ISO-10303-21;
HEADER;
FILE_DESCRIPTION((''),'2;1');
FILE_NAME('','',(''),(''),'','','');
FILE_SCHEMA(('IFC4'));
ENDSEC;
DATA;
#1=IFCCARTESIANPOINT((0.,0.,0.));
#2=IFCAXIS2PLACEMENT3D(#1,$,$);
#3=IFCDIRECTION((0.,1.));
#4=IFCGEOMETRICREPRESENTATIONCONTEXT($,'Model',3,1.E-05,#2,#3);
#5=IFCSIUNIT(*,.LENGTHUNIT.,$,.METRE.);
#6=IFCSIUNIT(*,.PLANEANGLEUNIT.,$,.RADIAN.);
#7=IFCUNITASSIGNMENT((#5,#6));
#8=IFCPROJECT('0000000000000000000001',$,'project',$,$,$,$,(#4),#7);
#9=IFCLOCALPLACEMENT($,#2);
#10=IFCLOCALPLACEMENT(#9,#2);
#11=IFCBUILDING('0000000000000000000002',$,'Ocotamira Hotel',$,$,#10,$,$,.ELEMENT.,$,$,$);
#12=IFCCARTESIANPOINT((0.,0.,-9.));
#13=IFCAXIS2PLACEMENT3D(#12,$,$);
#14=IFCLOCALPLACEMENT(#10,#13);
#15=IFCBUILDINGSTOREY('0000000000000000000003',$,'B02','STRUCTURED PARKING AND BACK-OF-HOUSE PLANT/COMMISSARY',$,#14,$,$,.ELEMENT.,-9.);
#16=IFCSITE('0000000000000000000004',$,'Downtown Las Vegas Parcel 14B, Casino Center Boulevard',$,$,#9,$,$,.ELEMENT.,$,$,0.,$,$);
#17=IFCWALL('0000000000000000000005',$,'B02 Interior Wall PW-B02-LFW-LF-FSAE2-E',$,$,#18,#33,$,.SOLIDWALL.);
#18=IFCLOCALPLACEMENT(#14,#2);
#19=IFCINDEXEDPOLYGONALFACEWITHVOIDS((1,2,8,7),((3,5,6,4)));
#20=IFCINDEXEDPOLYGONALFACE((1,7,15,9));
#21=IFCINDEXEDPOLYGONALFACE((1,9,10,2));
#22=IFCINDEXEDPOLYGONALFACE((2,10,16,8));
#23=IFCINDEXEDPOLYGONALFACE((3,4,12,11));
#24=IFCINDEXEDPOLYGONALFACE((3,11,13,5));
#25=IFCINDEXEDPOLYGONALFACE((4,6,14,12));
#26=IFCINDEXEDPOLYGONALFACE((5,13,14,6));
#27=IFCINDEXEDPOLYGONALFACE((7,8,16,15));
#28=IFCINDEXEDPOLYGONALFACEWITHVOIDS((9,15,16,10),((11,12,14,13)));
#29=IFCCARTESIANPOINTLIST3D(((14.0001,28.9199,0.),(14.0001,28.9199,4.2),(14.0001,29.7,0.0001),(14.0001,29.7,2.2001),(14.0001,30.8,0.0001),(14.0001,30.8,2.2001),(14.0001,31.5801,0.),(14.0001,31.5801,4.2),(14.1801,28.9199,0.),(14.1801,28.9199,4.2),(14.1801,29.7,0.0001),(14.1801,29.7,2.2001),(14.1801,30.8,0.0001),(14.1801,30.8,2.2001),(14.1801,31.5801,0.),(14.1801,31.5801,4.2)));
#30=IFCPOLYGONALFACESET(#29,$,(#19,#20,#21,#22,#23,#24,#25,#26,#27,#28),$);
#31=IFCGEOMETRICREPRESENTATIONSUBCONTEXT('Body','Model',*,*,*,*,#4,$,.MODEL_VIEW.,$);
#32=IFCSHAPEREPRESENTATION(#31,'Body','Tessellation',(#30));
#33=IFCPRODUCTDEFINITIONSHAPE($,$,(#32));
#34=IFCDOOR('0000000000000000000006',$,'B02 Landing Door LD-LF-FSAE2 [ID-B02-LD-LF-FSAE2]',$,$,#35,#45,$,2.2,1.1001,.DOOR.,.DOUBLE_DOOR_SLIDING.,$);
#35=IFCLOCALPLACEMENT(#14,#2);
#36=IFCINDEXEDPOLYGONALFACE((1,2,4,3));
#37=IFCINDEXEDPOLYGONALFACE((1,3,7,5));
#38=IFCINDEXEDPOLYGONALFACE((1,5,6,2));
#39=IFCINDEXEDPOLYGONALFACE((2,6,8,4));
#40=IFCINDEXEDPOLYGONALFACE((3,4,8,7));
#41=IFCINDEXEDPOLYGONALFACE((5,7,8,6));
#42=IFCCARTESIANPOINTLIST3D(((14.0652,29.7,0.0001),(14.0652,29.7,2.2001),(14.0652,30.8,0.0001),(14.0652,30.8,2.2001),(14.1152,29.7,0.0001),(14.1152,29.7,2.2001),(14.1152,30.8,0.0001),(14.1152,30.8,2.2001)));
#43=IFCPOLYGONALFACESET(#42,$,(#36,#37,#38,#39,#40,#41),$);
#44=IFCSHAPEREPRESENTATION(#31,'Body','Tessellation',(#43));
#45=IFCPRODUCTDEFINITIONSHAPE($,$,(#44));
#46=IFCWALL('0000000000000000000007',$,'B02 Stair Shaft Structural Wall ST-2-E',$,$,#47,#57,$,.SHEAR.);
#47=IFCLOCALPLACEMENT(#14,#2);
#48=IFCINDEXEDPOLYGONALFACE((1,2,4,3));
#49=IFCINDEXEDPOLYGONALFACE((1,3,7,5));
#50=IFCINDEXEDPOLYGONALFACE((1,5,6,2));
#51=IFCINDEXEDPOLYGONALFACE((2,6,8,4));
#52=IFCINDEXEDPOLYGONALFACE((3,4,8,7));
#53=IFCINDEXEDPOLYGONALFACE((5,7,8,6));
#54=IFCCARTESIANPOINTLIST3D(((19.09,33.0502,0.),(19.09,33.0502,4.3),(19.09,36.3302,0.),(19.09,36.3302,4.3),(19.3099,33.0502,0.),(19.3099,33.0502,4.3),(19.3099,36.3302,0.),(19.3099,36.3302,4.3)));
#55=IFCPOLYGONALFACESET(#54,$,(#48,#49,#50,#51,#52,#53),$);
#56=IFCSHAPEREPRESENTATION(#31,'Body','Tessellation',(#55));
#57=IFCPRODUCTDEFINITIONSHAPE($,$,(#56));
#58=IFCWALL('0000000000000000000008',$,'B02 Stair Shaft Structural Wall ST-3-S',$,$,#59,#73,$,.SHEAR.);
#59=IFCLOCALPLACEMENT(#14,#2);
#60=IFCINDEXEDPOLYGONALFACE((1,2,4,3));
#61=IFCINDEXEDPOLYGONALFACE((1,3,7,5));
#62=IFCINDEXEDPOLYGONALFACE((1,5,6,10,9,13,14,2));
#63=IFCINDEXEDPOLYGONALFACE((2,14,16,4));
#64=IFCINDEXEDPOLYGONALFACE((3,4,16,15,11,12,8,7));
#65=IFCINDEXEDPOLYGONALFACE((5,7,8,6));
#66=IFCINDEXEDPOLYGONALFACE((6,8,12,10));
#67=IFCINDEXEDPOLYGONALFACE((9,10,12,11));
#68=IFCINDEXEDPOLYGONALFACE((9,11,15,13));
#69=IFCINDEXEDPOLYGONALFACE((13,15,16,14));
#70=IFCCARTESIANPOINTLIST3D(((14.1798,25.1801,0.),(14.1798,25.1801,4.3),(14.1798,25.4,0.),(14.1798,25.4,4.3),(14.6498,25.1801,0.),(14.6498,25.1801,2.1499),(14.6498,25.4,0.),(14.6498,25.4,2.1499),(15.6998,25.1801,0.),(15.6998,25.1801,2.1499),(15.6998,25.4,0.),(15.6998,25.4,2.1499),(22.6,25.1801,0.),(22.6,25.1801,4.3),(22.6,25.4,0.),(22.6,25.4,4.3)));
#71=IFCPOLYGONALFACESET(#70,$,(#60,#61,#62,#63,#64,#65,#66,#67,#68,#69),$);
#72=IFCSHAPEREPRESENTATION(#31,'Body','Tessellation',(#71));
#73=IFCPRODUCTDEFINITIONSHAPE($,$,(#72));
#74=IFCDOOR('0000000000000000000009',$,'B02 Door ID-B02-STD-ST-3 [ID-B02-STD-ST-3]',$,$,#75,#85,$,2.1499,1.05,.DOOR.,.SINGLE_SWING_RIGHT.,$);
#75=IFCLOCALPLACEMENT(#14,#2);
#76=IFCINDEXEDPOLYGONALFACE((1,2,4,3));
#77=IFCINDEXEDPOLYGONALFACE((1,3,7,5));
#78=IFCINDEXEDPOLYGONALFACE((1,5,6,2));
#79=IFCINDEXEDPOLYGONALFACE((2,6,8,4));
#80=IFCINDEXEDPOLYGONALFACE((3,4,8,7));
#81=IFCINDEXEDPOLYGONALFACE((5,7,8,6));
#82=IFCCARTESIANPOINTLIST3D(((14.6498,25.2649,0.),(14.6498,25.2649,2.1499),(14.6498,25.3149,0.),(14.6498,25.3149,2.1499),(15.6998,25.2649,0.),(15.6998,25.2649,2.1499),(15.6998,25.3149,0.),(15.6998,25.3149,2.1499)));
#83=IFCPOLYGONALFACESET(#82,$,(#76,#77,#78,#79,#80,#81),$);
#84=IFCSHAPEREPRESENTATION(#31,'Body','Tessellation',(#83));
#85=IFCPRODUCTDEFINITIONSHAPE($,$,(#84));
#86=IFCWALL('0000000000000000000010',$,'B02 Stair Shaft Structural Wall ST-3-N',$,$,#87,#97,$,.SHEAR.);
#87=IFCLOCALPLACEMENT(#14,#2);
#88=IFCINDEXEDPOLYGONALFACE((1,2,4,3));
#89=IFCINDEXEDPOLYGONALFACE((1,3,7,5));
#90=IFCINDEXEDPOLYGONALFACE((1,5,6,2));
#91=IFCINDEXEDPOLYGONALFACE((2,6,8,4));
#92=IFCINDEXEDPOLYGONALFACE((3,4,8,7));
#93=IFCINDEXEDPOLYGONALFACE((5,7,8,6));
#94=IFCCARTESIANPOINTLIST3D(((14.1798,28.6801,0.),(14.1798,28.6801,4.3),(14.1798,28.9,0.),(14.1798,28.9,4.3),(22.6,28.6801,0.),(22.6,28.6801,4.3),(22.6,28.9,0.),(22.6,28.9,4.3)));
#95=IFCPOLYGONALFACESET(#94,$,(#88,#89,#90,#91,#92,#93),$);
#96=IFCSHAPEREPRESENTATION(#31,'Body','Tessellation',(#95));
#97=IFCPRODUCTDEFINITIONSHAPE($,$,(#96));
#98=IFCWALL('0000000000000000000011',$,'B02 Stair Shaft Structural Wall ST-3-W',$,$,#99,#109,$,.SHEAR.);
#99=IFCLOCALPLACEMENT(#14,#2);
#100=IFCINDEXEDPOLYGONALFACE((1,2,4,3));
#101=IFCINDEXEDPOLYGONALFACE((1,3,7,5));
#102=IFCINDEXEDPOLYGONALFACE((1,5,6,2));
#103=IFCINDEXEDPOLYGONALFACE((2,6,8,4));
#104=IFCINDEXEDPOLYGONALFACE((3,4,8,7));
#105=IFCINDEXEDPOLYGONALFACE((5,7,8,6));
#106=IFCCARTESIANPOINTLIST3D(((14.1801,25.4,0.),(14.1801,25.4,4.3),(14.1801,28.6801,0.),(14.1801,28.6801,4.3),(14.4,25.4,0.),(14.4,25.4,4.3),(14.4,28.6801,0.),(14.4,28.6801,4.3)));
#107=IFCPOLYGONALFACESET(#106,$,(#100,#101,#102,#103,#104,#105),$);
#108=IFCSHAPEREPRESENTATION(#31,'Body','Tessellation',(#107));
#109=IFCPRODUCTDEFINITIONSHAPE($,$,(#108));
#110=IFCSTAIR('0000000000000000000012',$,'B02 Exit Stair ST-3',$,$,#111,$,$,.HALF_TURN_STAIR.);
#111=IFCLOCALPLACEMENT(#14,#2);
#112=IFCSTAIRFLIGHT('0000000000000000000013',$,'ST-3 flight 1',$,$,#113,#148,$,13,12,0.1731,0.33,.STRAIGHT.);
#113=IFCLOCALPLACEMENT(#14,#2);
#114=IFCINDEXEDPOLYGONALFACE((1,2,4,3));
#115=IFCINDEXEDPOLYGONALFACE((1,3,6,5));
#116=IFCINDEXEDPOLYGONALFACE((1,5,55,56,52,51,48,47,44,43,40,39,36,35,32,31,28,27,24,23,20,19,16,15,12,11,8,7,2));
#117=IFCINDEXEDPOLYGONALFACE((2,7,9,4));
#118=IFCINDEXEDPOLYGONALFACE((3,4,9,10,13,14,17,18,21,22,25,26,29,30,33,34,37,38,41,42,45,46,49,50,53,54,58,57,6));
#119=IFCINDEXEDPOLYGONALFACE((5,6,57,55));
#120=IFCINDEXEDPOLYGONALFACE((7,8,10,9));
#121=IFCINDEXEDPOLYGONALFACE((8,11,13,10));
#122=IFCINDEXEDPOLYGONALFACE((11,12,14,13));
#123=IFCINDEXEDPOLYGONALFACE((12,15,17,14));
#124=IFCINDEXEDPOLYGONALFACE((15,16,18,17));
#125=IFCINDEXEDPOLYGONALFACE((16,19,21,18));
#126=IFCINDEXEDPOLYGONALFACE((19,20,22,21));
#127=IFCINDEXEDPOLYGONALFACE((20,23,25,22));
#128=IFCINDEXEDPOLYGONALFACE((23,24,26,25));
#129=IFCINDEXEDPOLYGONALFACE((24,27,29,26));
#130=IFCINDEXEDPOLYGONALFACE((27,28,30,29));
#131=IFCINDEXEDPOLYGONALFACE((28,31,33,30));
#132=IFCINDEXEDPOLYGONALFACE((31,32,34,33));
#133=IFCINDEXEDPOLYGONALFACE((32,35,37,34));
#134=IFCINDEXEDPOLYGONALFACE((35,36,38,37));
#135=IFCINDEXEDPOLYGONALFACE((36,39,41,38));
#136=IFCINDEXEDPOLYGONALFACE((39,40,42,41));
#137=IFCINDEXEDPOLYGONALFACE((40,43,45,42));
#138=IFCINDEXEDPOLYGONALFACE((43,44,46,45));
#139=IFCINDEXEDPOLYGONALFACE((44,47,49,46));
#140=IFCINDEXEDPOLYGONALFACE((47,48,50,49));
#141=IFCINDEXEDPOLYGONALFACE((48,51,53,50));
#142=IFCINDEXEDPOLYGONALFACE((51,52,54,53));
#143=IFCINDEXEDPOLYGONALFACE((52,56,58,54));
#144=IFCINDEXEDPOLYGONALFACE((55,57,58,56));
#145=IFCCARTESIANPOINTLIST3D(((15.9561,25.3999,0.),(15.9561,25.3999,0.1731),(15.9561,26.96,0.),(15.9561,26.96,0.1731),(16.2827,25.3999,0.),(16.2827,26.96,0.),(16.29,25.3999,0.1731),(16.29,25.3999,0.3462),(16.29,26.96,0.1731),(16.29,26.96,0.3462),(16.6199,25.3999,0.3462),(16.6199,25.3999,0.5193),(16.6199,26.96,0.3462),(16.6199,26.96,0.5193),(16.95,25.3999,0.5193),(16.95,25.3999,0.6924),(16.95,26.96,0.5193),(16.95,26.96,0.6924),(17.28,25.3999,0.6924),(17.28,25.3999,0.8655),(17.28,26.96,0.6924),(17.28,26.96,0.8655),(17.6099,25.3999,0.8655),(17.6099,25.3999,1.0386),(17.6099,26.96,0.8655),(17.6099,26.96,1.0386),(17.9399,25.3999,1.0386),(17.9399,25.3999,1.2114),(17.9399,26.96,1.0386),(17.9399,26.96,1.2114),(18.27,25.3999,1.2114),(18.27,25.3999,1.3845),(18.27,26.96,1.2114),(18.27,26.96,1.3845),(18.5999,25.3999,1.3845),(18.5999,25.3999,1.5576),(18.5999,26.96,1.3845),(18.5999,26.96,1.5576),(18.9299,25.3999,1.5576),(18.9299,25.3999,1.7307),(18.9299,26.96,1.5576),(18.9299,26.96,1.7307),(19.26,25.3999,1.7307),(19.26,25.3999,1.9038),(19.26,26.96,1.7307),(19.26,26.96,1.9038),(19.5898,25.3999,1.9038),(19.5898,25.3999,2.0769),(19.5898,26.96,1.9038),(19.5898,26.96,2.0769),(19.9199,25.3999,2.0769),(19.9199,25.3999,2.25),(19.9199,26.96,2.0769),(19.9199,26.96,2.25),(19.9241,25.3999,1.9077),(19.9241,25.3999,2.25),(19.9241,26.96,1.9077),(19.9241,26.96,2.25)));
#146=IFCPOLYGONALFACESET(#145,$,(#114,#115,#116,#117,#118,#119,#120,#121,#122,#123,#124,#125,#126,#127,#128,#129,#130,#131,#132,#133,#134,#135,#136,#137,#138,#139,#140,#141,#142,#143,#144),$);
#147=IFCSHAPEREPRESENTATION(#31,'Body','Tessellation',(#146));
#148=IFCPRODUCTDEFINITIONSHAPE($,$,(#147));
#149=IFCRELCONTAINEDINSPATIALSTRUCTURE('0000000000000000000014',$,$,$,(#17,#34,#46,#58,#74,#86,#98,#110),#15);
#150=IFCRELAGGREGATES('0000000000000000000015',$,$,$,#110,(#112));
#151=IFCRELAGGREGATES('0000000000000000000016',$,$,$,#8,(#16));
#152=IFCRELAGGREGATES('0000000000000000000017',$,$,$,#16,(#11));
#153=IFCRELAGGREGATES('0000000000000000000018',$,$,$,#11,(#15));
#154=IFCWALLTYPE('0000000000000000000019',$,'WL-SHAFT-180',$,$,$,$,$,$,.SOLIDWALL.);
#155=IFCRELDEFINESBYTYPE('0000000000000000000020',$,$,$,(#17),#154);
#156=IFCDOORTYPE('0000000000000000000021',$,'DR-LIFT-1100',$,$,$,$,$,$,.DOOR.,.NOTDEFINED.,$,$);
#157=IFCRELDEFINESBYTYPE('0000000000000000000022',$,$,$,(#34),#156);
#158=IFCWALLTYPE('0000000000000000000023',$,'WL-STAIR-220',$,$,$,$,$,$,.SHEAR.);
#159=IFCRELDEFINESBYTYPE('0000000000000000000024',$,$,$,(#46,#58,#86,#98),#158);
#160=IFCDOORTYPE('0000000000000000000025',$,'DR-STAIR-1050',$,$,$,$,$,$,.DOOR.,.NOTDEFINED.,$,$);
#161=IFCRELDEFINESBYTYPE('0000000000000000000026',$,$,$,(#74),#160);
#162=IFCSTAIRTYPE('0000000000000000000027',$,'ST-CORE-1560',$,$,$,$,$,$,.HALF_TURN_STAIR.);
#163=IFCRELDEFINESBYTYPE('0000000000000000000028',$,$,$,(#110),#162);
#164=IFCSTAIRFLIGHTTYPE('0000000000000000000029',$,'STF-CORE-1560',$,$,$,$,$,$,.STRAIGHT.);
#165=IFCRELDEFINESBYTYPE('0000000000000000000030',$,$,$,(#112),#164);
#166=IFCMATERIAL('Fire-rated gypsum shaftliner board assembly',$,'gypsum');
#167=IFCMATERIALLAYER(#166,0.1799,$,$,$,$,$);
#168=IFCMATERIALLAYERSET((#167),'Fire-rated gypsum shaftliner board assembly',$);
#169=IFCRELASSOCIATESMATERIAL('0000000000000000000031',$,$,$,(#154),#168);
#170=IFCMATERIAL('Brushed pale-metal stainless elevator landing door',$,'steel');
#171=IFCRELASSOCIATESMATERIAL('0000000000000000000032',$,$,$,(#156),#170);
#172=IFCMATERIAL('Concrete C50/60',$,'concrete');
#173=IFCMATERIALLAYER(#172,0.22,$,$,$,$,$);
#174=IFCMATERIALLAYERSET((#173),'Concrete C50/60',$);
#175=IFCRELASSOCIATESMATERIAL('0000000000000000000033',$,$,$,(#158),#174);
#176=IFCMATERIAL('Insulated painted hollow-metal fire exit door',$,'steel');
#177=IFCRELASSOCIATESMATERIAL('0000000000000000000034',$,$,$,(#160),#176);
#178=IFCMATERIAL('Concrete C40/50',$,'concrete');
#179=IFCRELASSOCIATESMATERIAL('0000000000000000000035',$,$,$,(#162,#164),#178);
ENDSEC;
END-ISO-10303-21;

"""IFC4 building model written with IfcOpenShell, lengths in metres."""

from ifc_helpers import new_model, si_unit, direction, frame, frame_2d, origin, place, context, subcontext, project, spatial, polyline, rectangle, outline, extrude, source, transform, mapped, material, layer, layer_set, type_object, element, fill, aggregate, save


model = new_model("IFC4")

# Units and contexts
model_context = context("Model", 3, precision=1e-05, world=origin(), true_north=direction((0.0, 1.0)))
body_context = subcontext(model_context, "Body", "Model", "MODEL_VIEW")
ifc_project = project(units=[si_unit("LENGTHUNIT", "METRE"), si_unit("PLANEANGLEUNIT", "RADIAN")], contexts=[model_context])

# Site, building, storey
site_placement = place(None, origin())
site = spatial("IfcSite", under=ifc_project, at=site_placement, Name="Downtown Las Vegas Parcel 14B, Casino Center Boulevard", CompositionType="ELEMENT", RefElevation=0.0)
building_placement = place(site_placement, origin())
building = spatial("IfcBuilding", under=site, at=building_placement, Name="Ocotamira Hotel", CompositionType="ELEMENT")
storey_placement = place(building_placement, frame((0.0, 0.0, -9.0)))
storey = spatial("IfcBuildingStorey", under=building, at=storey_placement, Name="B02", Description="STRUCTURED PARKING AND BACK-OF-HOUSE PLANT/COMMISSARY", CompositionType="ELEMENT", Elevation=-9.0)

# Shared definitions
ifc_material_1 = material(Name="Concrete C50/60", Category="concrete")

# Wall, opening, door
ifc_material_2 = material(Name="Fire-rated gypsum shaftliner board assembly", Category="gypsum")
ifc_layer_1 = layer(ifc_material_2, 0.1799)
ifc_layer_set_1 = layer_set([ifc_layer_1], Name="Fire-rated gypsum shaftliner board assembly")
wall_type_1 = type_object("IfcWallType", Name="WL-SHAFT-180", PredefinedType="SOLIDWALL", material=ifc_layer_set_1)
ifc_material_3 = material(Name="Brushed pale-metal stainless elevator landing door", Category="steel")
door_type_1 = type_object("IfcDoorType", Name="DR-LIFT-1100", OperationType="NOTDEFINED", PredefinedType="DOOR", material=ifc_material_3)
shared_shape_1 = source(origin(), body_context, "Body", "SweptSolid", [
    extrude(rectangle(XDim=1.1001, YDim=2.2, at=frame_2d((0.55, 1.1001))), frame((0.0, 0.0249, 0.0), z_axis=(0.0, -1.0, 0.0), x_axis=(1.0, 0.0, 0.0)), (0.0, 0.0, 1.0), 0.05),
])
wall_1_placement = place(storey_placement, frame((14.0901, 28.9199, 0.0), z_axis=(0.0, 0.0, 1.0), x_axis=(0.0, 1.0, 0.0)))
wall_1 = element("IfcWall", 1, at=wall_1_placement, inside=storey, type_object=wall_type_1, Name="B02 Interior Wall PW-B02-LFW-LF-FSAE2-E", PredefinedType="SOLIDWALL", context=body_context, shape_type="SweptSolid", body=[
    extrude(rectangle(XDim=2.6602, YDim=0.1799, at=frame_2d((1.3301, 0.0))), origin(), (0.0, 0.0, 1.0), 4.2),
])
opening_1_placement = place(wall_1_placement, frame((0.78, 0.0, 0.0)))
opening_1 = element("IfcOpeningElement", 2, at=opening_1_placement, cuts=wall_1, PredefinedType="OPENING", context=body_context, shape_type="SweptSolid", body=[
    extrude(rectangle(XDim=1.1001, YDim=2.2, at=frame_2d((0.55, 1.1001))), frame((0.0, 0.1001, 0.0), z_axis=(0.0, -1.0, 0.0), x_axis=(1.0, 0.0, 0.0)), (0.0, 0.0, 1.0), 0.2),
])
door_1_placement = place(opening_1_placement, origin())
door_1 = element("IfcDoor", 3, at=door_1_placement, inside=storey, type_object=door_type_1, Name="B02 Landing Door LD-LF-FSAE2 [ID-B02-LD-LF-FSAE2]", OperationType="DOUBLE_DOOR_SLIDING", OverallHeight=2.2, OverallWidth=1.1001, PredefinedType="DOOR", context=body_context, shape_type="MappedRepresentation", body=[
    mapped(shared_shape_1, transform((0.0, 0.0, 0.0), scale=1.0)),
])
fill(opening_1, door_1)

# Wall
ifc_layer_2 = layer(ifc_material_1, 0.22)
ifc_layer_set_2 = layer_set([ifc_layer_2], Name="Concrete C50/60")
wall_type_2 = type_object("IfcWallType", Name="WL-STAIR-220", PredefinedType="SHEAR", material=ifc_layer_set_2)
wall_2_placement = place(storey_placement, frame((19.2, 33.05, 0.0), z_axis=(0.0, 0.0, 1.0), x_axis=(0.0, 1.0, 0.0)))
element("IfcWall", 4, at=wall_2_placement, inside=storey, type_object=wall_type_2, Name="B02 Stair Shaft Structural Wall ST-2-E", PredefinedType="SHEAR", context=body_context, shape_type="SweptSolid", body=[
    extrude(rectangle(XDim=3.28, YDim=0.22, at=frame_2d((1.6401, 0.0))), origin(), (0.0, 0.0, 1.0), 4.3),
])

# Wall, opening, door
wall_3_placement = place(storey_placement, frame((14.1799, 25.29, 0.0), z_axis=(0.0, 0.0, 1.0), x_axis=(1.0, 0.0, 0.0)))
wall_3 = element("IfcWall", 5, at=wall_3_placement, inside=storey, type_object=wall_type_2, Name="B02 Stair Shaft Structural Wall ST-3-S", PredefinedType="SHEAR", context=body_context, shape_type="SweptSolid", body=[
    extrude(rectangle(XDim=8.4202, YDim=0.22, at=frame_2d((4.21, 0.0))), origin(), (0.0, 0.0, 1.0), 4.3),
])
opening_2_placement = place(wall_3_placement, frame((0.47, 0.0, 0.0)))
opening_2 = element("IfcOpeningElement", 6, at=opening_2_placement, cuts=wall_3, PredefinedType="OPENING", context=body_context, shape_type="SweptSolid", body=[
    extrude(rectangle(XDim=1.05, YDim=2.1499, at=frame_2d((0.5249, 1.075))), frame((0.0, 0.1201, 0.0), z_axis=(0.0, -1.0, 0.0), x_axis=(1.0, 0.0, 0.0)), (0.0, 0.0, 1.0), 0.24),
])
ifc_material_4 = material(Name="Insulated painted hollow-metal fire exit door", Category="steel")
door_type_2 = type_object("IfcDoorType", Name="DR-STAIR-1050", OperationType="NOTDEFINED", PredefinedType="DOOR", material=ifc_material_4)
shared_shape_2 = source(origin(), body_context, "Body", "SweptSolid", [
    extrude(rectangle(XDim=1.05, YDim=2.1499, at=frame_2d((0.5249, 1.075))), frame((0.0, 0.0249, 0.0), z_axis=(0.0, -1.0, 0.0), x_axis=(1.0, 0.0, 0.0)), (0.0, 0.0, 1.0), 0.05),
])
door_2_placement = place(opening_2_placement, origin())
door_2 = element("IfcDoor", 7, at=door_2_placement, inside=storey, type_object=door_type_2, Name="B02 Door ID-B02-STD-ST-3 [ID-B02-STD-ST-3]", OperationType="SINGLE_SWING_RIGHT", OverallHeight=2.1499, OverallWidth=1.05, PredefinedType="DOOR", context=body_context, shape_type="MappedRepresentation", body=[
    mapped(shared_shape_2, transform((0.0, 0.0, 0.0), scale=1.0)),
])
fill(opening_2, door_2)

# Walls
wall_4_placement = place(storey_placement, frame((14.1799, 28.79, 0.0), z_axis=(0.0, 0.0, 1.0), x_axis=(1.0, 0.0, 0.0)))
element("IfcWall", 8, at=wall_4_placement, inside=storey, type_object=wall_type_2, Name="B02 Stair Shaft Structural Wall ST-3-N", PredefinedType="SHEAR", context=body_context, shape_type="SweptSolid", body=[
    extrude(rectangle(XDim=8.4202, YDim=0.22, at=frame_2d((4.21, 0.0))), origin(), (0.0, 0.0, 1.0), 4.3),
])
wall_5_placement = place(storey_placement, frame((14.29, 25.3999, 0.0), z_axis=(0.0, 0.0, 1.0), x_axis=(0.0, 1.0, 0.0)))
element("IfcWall", 9, at=wall_5_placement, inside=storey, type_object=wall_type_2, Name="B02 Stair Shaft Structural Wall ST-3-W", PredefinedType="SHEAR", context=body_context, shape_type="SweptSolid", body=[
    extrude(rectangle(XDim=3.28, YDim=0.22, at=frame_2d((1.6401, 0.0))), origin(), (0.0, 0.0, 1.0), 4.3),
])

# Stair, stair flight
ifc_material_5 = material(Name="Concrete C40/50", Category="concrete")
stair_type = type_object("IfcStairType", Name="ST-CORE-1560", PredefinedType="HALF_TURN_STAIR", material=ifc_material_5)
stair_placement = place(storey_placement, origin())
stair = element("IfcStair", 10, at=stair_placement, inside=storey, type_object=stair_type, Name="B02 Exit Stair ST-3", PredefinedType="HALF_TURN_STAIR")
stair_flight_type = type_object("IfcStairFlightType", Name="STF-CORE-1560", PredefinedType="STRAIGHT", material=ifc_material_5)
shared_shape_3 = source(origin(), body_context, "Body", "SweptSolid", [
    extrude(outline(polyline([(-0.0039, 0.0), (-0.0039, 0.1731), (0.3301, 0.1731), (0.3301, 0.3462), (0.6599, 0.3462), (0.6599, 0.5193), (0.99, 0.5193), (0.99, 0.6924), (1.3201, 0.6924), (1.3201, 0.8655), (1.6499, 0.8655), (1.6499, 1.0386), (1.98, 1.0386), (1.98, 1.2114), (2.3101, 1.2114), (2.3101, 1.3845), (2.6399, 1.3845), (2.6399, 1.5576), (2.97, 1.5576), (2.97, 1.7307), (3.3, 1.7307), (3.3, 1.9038), (3.6299, 1.9038), (3.6299, 2.0769), (3.96, 2.0769), (3.96, 2.25), (3.9641, 2.25), (3.9641, 1.9077), (0.3228, 0.0), (-0.0039, 0.0)])), frame((0.0, 0.78, 0.0), z_axis=(0.0, -1.0, 0.0), x_axis=(1.0, 0.0, 0.0)), (0.0, 0.0, 1.0), 1.5601),
])
stair_flight_1_placement = place(storey_placement, frame((15.96, 26.1799, 0.0), z_axis=(0.0, 0.0, 1.0), x_axis=(1.0, 0.0, 0.0)))
stair_flight_1 = element("IfcStairFlight", 11, at=stair_flight_1_placement, type_object=stair_flight_type, Name="ST-3 flight 1", NumberOfRisers=13, NumberOfTreads=12, PredefinedType="STRAIGHT", RiserHeight=0.1731, TreadLength=0.33, context=body_context, shape_type="MappedRepresentation", body=[
    mapped(shared_shape_3, transform((0.0, 0.0, 0.0), scale=1.0)),
])
aggregate(stair, [stair_flight_1])

save(model, "model.ifc")
